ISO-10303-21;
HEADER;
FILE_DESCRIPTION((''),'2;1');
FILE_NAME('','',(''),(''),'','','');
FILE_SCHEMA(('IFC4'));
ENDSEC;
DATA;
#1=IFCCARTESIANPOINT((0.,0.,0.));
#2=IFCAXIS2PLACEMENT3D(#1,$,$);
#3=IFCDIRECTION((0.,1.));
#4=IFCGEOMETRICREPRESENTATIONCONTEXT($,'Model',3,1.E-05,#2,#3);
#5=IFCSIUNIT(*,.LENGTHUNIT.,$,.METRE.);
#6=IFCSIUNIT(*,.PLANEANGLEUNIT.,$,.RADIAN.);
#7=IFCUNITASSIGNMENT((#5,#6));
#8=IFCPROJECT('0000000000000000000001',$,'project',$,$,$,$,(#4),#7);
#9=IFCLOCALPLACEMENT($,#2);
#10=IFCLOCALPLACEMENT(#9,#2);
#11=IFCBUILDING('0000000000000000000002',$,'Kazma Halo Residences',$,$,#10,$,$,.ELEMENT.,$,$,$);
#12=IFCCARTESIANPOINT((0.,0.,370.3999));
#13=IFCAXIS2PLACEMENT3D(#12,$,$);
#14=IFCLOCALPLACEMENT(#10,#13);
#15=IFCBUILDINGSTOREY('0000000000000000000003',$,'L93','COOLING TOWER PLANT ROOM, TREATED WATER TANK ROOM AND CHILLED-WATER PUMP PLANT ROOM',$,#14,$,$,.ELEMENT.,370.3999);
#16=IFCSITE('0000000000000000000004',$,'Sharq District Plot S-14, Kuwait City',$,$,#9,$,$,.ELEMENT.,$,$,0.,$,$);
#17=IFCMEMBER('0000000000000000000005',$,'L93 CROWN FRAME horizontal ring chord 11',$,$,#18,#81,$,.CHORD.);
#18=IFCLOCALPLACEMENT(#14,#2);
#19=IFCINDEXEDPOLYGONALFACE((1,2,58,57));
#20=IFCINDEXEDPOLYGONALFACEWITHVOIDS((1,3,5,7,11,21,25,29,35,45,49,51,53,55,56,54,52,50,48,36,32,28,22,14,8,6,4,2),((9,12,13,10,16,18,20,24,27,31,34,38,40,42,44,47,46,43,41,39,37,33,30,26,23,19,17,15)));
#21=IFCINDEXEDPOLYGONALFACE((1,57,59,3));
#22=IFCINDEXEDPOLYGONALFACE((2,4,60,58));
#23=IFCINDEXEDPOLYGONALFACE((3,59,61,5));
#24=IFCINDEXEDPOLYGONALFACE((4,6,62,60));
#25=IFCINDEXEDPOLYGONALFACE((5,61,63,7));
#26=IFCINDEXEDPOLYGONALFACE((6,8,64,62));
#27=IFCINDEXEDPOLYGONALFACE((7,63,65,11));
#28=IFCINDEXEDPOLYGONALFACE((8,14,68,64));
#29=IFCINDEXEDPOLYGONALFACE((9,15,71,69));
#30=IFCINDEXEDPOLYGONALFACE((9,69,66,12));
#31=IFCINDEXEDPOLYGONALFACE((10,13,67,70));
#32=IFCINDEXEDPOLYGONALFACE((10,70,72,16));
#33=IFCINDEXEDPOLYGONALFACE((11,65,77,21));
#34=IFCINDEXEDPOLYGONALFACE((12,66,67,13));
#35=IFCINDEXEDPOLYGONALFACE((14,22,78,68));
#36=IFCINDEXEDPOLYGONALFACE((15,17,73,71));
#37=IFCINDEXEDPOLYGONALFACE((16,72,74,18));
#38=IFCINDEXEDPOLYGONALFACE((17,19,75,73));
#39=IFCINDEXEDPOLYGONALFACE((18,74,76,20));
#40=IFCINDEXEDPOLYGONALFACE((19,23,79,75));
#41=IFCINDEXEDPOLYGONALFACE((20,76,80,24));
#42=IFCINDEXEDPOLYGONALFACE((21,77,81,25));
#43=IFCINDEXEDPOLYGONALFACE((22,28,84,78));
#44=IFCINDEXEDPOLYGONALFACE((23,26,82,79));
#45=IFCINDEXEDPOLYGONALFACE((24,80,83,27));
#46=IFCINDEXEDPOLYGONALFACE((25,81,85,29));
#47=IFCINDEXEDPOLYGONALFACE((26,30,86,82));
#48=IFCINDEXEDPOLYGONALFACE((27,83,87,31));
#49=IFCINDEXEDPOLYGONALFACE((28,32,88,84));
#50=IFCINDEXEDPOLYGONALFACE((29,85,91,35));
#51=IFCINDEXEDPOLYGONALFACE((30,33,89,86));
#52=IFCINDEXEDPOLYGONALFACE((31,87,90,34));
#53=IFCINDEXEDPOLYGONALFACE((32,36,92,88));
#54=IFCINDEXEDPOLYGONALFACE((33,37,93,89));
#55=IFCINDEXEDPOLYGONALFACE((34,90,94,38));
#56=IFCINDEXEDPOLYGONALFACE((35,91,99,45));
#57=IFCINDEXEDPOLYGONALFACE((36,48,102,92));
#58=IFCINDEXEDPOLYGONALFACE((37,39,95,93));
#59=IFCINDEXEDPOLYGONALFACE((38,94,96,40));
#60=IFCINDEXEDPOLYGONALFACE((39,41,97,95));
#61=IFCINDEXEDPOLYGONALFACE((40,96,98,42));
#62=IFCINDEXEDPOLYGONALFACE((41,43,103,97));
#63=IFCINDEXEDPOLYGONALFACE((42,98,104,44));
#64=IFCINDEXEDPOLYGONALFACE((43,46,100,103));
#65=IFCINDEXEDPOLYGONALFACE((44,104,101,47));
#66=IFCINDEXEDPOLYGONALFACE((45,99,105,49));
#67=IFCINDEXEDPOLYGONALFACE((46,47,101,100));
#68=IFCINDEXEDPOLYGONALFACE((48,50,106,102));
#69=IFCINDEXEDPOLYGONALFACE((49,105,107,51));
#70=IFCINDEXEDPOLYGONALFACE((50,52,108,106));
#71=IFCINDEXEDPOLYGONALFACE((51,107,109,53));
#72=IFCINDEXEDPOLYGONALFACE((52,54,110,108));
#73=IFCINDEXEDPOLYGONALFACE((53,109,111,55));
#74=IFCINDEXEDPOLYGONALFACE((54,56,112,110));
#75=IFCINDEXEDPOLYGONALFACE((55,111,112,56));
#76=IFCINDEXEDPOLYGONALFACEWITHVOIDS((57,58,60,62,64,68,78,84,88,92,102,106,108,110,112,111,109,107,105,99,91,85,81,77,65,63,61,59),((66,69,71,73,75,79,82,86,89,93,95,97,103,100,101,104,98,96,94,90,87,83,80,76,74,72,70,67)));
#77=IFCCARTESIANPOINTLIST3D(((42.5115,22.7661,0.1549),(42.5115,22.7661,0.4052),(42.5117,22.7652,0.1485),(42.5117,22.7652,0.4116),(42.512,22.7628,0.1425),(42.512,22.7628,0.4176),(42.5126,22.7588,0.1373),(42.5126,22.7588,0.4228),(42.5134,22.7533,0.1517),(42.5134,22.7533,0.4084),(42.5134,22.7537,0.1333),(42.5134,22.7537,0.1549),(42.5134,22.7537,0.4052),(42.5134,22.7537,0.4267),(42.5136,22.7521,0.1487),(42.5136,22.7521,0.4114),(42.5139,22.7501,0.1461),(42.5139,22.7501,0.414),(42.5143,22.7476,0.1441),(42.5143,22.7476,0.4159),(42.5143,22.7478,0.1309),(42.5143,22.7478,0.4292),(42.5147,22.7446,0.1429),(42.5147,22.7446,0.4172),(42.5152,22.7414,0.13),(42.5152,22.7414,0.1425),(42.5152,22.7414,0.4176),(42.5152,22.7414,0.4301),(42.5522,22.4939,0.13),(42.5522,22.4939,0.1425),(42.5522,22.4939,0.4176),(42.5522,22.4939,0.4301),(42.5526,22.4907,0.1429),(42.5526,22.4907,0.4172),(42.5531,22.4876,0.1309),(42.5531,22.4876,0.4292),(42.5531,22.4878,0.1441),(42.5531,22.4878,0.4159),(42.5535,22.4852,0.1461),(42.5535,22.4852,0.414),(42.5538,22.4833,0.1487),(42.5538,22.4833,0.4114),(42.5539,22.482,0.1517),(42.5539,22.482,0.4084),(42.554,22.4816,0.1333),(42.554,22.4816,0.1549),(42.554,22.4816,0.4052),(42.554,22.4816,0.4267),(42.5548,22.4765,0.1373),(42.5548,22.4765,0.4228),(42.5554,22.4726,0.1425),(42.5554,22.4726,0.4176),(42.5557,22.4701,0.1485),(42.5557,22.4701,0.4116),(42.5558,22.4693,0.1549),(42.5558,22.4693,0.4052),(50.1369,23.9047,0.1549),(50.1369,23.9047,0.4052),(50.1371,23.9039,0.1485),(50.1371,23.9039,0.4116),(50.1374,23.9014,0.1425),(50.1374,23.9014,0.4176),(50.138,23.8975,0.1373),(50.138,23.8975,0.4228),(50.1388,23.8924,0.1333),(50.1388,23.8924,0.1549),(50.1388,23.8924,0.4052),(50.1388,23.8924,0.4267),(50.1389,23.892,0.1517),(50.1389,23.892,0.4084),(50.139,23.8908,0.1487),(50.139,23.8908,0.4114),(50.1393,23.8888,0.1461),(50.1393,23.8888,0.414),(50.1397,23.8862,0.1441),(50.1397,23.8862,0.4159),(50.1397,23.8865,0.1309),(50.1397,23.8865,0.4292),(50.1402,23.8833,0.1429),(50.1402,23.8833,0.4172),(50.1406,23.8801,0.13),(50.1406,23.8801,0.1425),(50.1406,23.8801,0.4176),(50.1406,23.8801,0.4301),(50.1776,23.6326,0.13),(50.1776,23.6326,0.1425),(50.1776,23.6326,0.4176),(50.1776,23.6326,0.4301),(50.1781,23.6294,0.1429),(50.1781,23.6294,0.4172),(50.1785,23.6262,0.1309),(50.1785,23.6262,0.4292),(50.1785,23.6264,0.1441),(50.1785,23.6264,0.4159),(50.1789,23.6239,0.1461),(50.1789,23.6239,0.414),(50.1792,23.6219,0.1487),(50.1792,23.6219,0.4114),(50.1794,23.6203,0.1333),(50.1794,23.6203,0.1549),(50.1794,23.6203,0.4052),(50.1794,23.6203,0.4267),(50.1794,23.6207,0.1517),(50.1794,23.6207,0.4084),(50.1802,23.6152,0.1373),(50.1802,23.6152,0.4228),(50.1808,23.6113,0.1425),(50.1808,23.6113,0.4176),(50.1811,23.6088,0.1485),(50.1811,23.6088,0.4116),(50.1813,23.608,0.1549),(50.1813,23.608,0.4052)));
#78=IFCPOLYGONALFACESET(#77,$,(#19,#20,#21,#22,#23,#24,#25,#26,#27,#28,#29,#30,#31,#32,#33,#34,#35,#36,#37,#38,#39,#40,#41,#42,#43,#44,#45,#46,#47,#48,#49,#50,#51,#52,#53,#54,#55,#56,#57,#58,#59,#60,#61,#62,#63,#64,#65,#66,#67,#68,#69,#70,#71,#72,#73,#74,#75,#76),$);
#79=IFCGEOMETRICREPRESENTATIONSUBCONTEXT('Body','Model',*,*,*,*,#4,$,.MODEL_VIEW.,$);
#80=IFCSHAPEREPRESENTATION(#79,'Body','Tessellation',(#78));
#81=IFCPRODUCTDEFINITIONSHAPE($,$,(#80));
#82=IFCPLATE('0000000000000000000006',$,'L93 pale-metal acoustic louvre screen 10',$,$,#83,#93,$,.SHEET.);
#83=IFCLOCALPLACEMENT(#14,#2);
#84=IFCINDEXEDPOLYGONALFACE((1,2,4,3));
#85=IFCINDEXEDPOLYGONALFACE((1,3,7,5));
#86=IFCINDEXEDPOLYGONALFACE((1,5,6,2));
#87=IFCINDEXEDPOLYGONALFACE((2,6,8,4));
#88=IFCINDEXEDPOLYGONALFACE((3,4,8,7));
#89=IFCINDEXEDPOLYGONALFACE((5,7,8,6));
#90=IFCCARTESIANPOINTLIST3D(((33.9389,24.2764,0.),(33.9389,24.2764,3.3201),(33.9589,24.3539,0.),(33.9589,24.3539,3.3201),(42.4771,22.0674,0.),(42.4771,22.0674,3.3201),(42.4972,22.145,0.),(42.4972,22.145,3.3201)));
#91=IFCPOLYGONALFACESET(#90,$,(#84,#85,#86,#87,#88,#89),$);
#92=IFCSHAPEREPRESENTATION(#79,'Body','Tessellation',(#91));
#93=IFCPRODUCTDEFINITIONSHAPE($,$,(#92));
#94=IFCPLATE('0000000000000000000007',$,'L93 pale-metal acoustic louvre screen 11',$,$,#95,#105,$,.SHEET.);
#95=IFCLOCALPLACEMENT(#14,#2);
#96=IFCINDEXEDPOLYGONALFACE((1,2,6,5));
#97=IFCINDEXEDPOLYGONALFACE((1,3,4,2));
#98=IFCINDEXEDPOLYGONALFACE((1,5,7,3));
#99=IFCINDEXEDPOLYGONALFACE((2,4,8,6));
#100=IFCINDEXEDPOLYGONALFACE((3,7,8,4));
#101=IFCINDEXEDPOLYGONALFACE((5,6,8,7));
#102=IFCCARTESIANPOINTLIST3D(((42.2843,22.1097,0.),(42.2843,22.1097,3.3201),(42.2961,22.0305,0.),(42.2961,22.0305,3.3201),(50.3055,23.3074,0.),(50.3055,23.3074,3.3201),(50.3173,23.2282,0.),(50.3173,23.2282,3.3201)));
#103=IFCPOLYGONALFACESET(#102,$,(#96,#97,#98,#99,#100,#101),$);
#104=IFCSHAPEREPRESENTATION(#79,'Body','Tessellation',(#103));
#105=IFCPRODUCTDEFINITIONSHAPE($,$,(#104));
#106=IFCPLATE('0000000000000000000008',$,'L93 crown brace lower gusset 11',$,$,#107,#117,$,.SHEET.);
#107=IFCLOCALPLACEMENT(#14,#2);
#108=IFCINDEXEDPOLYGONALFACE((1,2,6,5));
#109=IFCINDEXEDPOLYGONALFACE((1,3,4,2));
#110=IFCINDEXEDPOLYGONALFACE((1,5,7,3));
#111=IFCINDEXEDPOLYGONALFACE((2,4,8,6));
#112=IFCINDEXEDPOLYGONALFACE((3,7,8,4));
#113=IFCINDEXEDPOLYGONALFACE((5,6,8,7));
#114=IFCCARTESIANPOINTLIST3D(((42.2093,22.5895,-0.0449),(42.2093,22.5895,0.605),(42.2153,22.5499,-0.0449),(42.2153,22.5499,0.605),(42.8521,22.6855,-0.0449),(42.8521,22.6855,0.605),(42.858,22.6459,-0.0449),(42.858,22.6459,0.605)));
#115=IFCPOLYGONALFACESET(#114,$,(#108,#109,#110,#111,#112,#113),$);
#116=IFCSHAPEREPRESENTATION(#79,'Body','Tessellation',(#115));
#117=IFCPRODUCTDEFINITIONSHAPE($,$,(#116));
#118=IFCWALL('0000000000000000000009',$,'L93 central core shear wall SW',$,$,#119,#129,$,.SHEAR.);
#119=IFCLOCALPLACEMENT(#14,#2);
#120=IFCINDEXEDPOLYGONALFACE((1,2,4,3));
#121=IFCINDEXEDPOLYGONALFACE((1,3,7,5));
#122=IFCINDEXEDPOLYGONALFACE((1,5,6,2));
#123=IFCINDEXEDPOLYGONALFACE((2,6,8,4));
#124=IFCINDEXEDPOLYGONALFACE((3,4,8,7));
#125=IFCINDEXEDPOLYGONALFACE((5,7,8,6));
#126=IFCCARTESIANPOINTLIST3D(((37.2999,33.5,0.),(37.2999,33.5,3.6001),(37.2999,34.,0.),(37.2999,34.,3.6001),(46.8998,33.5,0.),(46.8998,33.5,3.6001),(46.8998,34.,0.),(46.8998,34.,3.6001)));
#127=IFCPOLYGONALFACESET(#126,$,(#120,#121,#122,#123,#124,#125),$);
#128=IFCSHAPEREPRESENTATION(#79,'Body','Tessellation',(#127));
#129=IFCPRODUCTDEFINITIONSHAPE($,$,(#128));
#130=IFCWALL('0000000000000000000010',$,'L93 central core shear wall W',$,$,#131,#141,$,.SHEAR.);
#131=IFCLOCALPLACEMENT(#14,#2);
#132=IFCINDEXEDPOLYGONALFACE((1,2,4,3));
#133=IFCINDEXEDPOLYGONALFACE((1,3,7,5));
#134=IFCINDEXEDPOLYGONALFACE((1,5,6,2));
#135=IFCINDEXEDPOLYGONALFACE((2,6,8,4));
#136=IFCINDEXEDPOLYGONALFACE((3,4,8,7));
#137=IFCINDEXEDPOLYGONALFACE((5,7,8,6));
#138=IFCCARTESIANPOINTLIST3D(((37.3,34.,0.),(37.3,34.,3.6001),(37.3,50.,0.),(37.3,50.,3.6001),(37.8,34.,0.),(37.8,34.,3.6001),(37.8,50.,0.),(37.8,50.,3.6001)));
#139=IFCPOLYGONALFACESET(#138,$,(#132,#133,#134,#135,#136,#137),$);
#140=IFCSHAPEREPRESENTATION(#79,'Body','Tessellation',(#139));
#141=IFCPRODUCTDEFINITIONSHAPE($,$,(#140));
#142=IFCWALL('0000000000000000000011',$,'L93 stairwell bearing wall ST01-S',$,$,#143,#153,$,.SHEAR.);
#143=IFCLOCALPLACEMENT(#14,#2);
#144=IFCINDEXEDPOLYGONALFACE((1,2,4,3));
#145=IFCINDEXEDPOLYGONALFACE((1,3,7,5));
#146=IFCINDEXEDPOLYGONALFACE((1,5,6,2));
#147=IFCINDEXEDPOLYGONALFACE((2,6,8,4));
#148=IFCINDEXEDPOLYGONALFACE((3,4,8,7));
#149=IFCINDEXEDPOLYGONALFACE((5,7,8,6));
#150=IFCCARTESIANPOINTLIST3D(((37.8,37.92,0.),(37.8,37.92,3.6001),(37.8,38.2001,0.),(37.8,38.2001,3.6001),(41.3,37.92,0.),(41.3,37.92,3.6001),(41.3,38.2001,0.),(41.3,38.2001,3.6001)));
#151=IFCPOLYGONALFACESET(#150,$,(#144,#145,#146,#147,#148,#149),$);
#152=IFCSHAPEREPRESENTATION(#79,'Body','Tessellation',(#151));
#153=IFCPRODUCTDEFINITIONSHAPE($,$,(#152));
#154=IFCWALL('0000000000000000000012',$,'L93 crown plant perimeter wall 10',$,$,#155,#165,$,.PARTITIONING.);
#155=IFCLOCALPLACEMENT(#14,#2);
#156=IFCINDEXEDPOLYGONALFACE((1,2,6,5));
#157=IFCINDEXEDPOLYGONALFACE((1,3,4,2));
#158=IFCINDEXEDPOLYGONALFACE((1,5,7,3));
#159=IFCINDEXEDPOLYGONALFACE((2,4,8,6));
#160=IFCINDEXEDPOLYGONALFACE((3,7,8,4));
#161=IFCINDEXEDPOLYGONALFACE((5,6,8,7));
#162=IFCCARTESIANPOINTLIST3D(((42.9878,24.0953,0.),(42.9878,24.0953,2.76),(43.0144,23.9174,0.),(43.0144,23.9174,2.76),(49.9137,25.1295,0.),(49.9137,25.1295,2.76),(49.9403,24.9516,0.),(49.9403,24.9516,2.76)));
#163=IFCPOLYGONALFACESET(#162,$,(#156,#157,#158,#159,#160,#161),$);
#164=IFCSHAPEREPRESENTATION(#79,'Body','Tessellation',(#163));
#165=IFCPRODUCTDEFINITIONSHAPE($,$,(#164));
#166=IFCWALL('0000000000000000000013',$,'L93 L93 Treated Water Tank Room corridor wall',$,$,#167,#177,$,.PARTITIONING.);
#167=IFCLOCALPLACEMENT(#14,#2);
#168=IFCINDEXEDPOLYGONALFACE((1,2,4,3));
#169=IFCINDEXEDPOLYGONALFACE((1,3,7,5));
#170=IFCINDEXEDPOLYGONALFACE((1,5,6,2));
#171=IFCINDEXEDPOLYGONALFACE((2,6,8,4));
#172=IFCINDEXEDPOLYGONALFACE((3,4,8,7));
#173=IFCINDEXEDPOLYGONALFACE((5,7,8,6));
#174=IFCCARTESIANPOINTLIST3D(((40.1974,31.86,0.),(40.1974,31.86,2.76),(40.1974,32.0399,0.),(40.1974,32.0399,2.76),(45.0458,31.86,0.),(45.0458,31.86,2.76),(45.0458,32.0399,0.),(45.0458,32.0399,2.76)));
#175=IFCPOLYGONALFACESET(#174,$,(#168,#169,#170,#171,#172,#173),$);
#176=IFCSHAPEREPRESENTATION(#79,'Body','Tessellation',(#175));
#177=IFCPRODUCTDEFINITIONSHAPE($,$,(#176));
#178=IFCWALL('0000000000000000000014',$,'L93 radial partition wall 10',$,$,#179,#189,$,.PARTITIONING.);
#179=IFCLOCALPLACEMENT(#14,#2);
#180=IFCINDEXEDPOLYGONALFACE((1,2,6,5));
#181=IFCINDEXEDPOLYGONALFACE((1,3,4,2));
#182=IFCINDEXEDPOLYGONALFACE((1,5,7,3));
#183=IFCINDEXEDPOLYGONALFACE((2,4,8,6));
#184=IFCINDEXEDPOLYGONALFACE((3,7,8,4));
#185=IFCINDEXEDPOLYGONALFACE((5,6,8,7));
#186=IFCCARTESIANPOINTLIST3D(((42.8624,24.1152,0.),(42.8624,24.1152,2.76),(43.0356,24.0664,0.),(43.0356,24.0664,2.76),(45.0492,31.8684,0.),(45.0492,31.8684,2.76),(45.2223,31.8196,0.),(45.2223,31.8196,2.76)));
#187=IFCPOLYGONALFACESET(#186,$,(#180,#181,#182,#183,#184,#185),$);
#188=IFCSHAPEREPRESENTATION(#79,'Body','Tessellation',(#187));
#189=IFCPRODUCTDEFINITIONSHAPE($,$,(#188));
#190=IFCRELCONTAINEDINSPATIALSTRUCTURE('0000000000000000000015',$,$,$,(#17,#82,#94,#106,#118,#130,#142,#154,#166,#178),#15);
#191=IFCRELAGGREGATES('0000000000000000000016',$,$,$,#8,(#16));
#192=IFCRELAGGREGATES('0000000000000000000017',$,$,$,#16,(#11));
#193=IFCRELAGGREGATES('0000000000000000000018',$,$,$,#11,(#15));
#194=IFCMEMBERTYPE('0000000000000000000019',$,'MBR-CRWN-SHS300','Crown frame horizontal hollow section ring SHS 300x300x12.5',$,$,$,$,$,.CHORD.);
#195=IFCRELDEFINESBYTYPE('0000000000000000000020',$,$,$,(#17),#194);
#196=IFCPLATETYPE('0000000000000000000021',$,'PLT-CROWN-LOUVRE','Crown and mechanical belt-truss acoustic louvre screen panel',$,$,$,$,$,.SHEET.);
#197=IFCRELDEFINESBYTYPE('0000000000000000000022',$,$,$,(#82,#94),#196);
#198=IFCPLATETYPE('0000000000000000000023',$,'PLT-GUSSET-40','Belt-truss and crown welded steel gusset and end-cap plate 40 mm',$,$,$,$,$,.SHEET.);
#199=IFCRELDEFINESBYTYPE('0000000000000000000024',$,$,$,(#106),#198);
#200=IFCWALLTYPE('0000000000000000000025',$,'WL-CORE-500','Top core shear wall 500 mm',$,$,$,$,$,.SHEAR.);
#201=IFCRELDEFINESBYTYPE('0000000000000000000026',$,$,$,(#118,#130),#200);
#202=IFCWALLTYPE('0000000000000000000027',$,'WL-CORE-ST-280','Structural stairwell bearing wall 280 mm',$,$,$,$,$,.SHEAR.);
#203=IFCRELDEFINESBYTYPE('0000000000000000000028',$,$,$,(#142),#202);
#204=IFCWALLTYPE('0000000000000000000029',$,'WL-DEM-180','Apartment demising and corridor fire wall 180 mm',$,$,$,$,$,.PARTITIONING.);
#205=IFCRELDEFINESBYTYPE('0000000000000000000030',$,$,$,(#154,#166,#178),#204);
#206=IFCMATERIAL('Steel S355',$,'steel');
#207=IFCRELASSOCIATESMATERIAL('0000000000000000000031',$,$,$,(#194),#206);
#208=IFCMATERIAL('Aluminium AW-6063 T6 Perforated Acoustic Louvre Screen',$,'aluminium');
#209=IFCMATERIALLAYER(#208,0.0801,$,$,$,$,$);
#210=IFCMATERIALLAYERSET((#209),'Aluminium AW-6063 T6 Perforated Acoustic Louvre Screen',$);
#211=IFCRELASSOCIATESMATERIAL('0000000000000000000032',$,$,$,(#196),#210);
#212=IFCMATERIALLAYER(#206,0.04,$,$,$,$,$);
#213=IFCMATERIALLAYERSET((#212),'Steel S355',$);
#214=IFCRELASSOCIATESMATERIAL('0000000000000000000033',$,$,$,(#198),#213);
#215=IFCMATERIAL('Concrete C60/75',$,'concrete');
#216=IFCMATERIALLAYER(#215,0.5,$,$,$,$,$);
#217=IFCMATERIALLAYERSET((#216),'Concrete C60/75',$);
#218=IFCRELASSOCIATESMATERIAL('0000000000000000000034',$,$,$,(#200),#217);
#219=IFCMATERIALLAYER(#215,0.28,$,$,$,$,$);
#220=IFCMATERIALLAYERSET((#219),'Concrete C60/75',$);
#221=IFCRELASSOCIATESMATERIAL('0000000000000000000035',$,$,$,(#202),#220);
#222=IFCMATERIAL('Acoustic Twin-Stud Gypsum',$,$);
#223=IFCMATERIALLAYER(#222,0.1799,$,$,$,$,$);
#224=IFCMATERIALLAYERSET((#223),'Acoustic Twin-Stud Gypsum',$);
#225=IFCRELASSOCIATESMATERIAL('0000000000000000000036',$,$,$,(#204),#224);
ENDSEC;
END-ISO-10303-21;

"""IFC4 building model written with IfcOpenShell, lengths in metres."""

from ifc_helpers import new_model, si_unit, direction, frame, frame_2d, origin, origin_2d, place, context, subcontext, project, spatial, rectangle, hollow_rectangle, extrude, material, layer, layer_set, material_profile, profile_set, type_object, element, save


model = new_model("IFC4")

# Units and contexts
model_context = context("Model", 3, precision=1e-05, world=origin(), true_north=direction((0.0, 1.0)))
body_context = subcontext(model_context, "Body", "Model", "MODEL_VIEW")
ifc_project = project(units=[si_unit("LENGTHUNIT", "METRE"), si_unit("PLANEANGLEUNIT", "RADIAN")], contexts=[model_context])

# Site, building, storey
site_placement = place(None, origin())
site = spatial("IfcSite", under=ifc_project, at=site_placement, Name="Sharq District Plot S-14, Kuwait City", CompositionType="ELEMENT", RefElevation=0.0)
building_placement = place(site_placement, origin())
building = spatial("IfcBuilding", under=site, at=building_placement, Name="Kazma Halo Residences", CompositionType="ELEMENT")
storey_placement = place(building_placement, frame((0.0, 0.0, 370.3999)))
storey = spatial("IfcBuildingStorey", under=building, at=storey_placement, Name="L93", Description="COOLING TOWER PLANT ROOM, TREATED WATER TANK ROOM AND CHILLED-WATER PUMP PLANT ROOM", CompositionType="ELEMENT", Elevation=370.3999)

# Shared definitions
ifc_material_1 = material(Name="Steel S355", Category="steel")

# Member
ifc_material_profile_1 = material_profile(ifc_material_1, hollow_rectangle(XDim=0.3, YDim=0.3, WallThickness=0.0125, InnerFilletRadius=0.0125, OuterFilletRadius=0.0249, at=origin_2d()), Name="SHS300x300x12.5")
ifc_profile_set_1 = profile_set([ifc_material_profile_1], Name="Steel S355")
member_type_1 = type_object("IfcMemberType", Name="MBR-CRWN-SHS300", Description="Crown frame horizontal hollow section ring SHS 300x300x12.5", PredefinedType="CHORD", material=ifc_profile_set_1)
member_1_placement = place(storey_placement, frame((42.5337, 22.6177, 0.28), z_axis=(0.989034, 0.147687, 0.0), x_axis=(-0.147687, 0.989034, 0.0)))
element("IfcMember", 1, at=member_1_placement, inside=storey, type_object=member_type_1, Name="L93 CROWN FRAME horizontal ring chord 11", PredefinedType="CHORD", context=body_context, shape_type="SweptSolid", body=[
    extrude(hollow_rectangle(XDim=0.3, YDim=0.3, WallThickness=0.0125, InnerFilletRadius=0.0125, OuterFilletRadius=0.0249, at=origin_2d()), origin(), (0.0, 0.0, 1.0), 7.71),
])

# Plates
ifc_material_2 = material(Name="Aluminium AW-6063 T6 Perforated Acoustic Louvre Screen", Category="aluminium")
ifc_layer_1 = layer(ifc_material_2, 0.0801)
ifc_layer_set_1 = layer_set([ifc_layer_1], Name="Aluminium AW-6063 T6 Perforated Acoustic Louvre Screen")
plate_type_1 = type_object("IfcPlateType", Name="PLT-CROWN-LOUVRE", Description="Crown and mechanical belt-truss acoustic louvre screen panel", PredefinedType="SHEET", material=ifc_layer_set_1)
plate_1_placement = place(storey_placement, frame((38.218, 23.2107, 0.0), z_axis=(0.0, 0.0, 1.0), x_axis=(0.968124, -0.25047, 0.0)))
element("IfcPlate", 2, at=plate_1_placement, inside=storey, type_object=plate_type_1, Name="L93 pale-metal acoustic louvre screen 10", PredefinedType="SHEET", context=body_context, shape_type="SweptSolid", body=[
    extrude(rectangle(XDim=8.8193, YDim=0.0801, at=origin_2d()), origin(), (0.0, 0.0, 1.0), 3.3201),
])
plate_2_placement = place(storey_placement, frame((46.3008, 22.6689, 0.0), z_axis=(0.0, 0.0, 1.0), x_axis=(0.989034, 0.147687, 0.0)))
element("IfcPlate", 3, at=plate_2_placement, inside=storey, type_object=plate_type_1, Name="L93 pale-metal acoustic louvre screen 11", PredefinedType="SHEET", context=body_context, shape_type="SweptSolid", body=[
    extrude(rectangle(XDim=8.1101, YDim=0.0801, at=origin_2d()), origin(), (0.0, 0.0, 1.0), 3.3201),
])
ifc_layer_2 = layer(ifc_material_1, 0.04)
ifc_layer_set_2 = layer_set([ifc_layer_2], Name="Steel S355")
plate_type_2 = type_object("IfcPlateType", Name="PLT-GUSSET-40", Description="Belt-truss and crown welded steel gusset and end-cap plate 40 mm", PredefinedType="SHEET", material=ifc_layer_set_2)
plate_3_placement = place(storey_placement, frame((42.5337, 22.6177, -0.0449), z_axis=(0.0, 0.0, 1.0), x_axis=(0.989034, 0.147687, 0.0)))
element("IfcPlate", 4, at=plate_3_placement, inside=storey, type_object=plate_type_2, Name="L93 crown brace lower gusset 11", PredefinedType="SHEET", context=body_context, shape_type="SweptSolid", body=[
    extrude(rectangle(XDim=0.6499, YDim=0.04, at=origin_2d()), origin(), (0.0, 0.0, 1.0), 0.6499),
])

# Walls
ifc_material_3 = material(Name="Concrete C60/75", Category="concrete")
ifc_layer_3 = layer(ifc_material_3, 0.5)
ifc_layer_set_3 = layer_set([ifc_layer_3], Name="Concrete C60/75")
wall_type_1 = type_object("IfcWallType", Name="WL-CORE-500", Description="Top core shear wall 500 mm", PredefinedType="SHEAR", material=ifc_layer_set_3)
wall_1_placement = place(storey_placement, frame((37.3, 33.75, 0.0), z_axis=(0.0, 0.0, 1.0), x_axis=(1.0, 0.0, 0.0)))
element("IfcWall", 5, at=wall_1_placement, inside=storey, type_object=wall_type_1, Name="L93 central core shear wall SW", PredefinedType="SHEAR", context=body_context, shape_type="SweptSolid", body=[
    extrude(rectangle(XDim=9.5999, YDim=0.5, at=frame_2d((4.7998, 0.0))), origin(), (0.0, 0.0, 1.0), 3.6001),
])
wall_2_placement = place(storey_placement, frame((37.55, 34.0, 0.0), z_axis=(0.0, 0.0, 1.0), x_axis=(0.0, 1.0, 0.0)))
element("IfcWall", 6, at=wall_2_placement, inside=storey, type_object=wall_type_1, Name="L93 central core shear wall W", PredefinedType="SHEAR", context=body_context, shape_type="SweptSolid", body=[
    extrude(rectangle(XDim=16.0, YDim=0.5, at=frame_2d((8.0, 0.0))), origin(), (0.0, 0.0, 1.0), 3.6001),
])
ifc_layer_4 = layer(ifc_material_3, 0.28)
ifc_layer_set_4 = layer_set([ifc_layer_4], Name="Concrete C60/75")
wall_type_2 = type_object("IfcWallType", Name="WL-CORE-ST-280", Description="Structural stairwell bearing wall 280 mm", PredefinedType="SHEAR", material=ifc_layer_set_4)
wall_3_placement = place(storey_placement, frame((37.8, 38.0601, 0.0), z_axis=(0.0, 0.0, 1.0), x_axis=(1.0, 0.0, 0.0)))
element("IfcWall", 7, at=wall_3_placement, inside=storey, type_object=wall_type_2, Name="L93 stairwell bearing wall ST01-S", PredefinedType="SHEAR", context=body_context, shape_type="SweptSolid", body=[
    extrude(rectangle(XDim=3.5, YDim=0.28, at=frame_2d((1.75, 0.0))), origin(), (0.0, 0.0, 1.0), 3.6001),
])
ifc_material_4 = material(Name="Acoustic Twin-Stud Gypsum")
ifc_layer_5 = layer(ifc_material_4, 0.1799)
ifc_layer_set_5 = layer_set([ifc_layer_5], Name="Acoustic Twin-Stud Gypsum")
wall_type_3 = type_object("IfcWallType", Name="WL-DEM-180", Description="Apartment demising and corridor fire wall 180 mm", PredefinedType="PARTITIONING", material=ifc_layer_set_5)
wall_4_placement = place(storey_placement, frame((43.001, 24.0063, 0.0), z_axis=(0.0, 0.0, 1.0), x_axis=(0.989034, 0.147686, 0.0)))
element("IfcWall", 8, at=wall_4_placement, inside=storey, type_object=wall_type_3, Name="L93 crown plant perimeter wall 10", PredefinedType="PARTITIONING", context=body_context, shape_type="SweptSolid", body=[
    extrude(rectangle(XDim=7.0027, YDim=0.1799, at=frame_2d((3.5015, 0.0))), origin(), (0.0, 0.0, 1.0), 2.76),
])
wall_5_placement = place(storey_placement, frame((40.1973, 31.95, 0.0), z_axis=(0.0, 0.0, 1.0), x_axis=(1.0, 0.0, 0.0)))
element("IfcWall", 9, at=wall_5_placement, inside=storey, type_object=wall_type_3, Name="L93 L93 Treated Water Tank Room corridor wall", PredefinedType="PARTITIONING", context=body_context, shape_type="SweptSolid", body=[
    extrude(rectangle(XDim=4.8484, YDim=0.1799, at=frame_2d((2.4243, 0.0))), origin(), (0.0, 0.0, 1.0), 2.76),
])
wall_6_placement = place(storey_placement, frame((45.1357, 31.844, 0.0), z_axis=(0.0, 0.0, 1.0), x_axis=(-0.271457, -0.96245, 0.0)))
element("IfcWall", 10, at=wall_6_placement, inside=storey, type_object=wall_type_3, Name="L93 radial partition wall 10", PredefinedType="PARTITIONING", context=body_context, shape_type="SweptSolid", body=[
    extrude(rectangle(XDim=8.0557, YDim=0.1799, at=frame_2d((4.0278, 0.0))), origin(), (0.0, 0.0, 1.0), 2.76),
])

save(model, "model.ifc")
